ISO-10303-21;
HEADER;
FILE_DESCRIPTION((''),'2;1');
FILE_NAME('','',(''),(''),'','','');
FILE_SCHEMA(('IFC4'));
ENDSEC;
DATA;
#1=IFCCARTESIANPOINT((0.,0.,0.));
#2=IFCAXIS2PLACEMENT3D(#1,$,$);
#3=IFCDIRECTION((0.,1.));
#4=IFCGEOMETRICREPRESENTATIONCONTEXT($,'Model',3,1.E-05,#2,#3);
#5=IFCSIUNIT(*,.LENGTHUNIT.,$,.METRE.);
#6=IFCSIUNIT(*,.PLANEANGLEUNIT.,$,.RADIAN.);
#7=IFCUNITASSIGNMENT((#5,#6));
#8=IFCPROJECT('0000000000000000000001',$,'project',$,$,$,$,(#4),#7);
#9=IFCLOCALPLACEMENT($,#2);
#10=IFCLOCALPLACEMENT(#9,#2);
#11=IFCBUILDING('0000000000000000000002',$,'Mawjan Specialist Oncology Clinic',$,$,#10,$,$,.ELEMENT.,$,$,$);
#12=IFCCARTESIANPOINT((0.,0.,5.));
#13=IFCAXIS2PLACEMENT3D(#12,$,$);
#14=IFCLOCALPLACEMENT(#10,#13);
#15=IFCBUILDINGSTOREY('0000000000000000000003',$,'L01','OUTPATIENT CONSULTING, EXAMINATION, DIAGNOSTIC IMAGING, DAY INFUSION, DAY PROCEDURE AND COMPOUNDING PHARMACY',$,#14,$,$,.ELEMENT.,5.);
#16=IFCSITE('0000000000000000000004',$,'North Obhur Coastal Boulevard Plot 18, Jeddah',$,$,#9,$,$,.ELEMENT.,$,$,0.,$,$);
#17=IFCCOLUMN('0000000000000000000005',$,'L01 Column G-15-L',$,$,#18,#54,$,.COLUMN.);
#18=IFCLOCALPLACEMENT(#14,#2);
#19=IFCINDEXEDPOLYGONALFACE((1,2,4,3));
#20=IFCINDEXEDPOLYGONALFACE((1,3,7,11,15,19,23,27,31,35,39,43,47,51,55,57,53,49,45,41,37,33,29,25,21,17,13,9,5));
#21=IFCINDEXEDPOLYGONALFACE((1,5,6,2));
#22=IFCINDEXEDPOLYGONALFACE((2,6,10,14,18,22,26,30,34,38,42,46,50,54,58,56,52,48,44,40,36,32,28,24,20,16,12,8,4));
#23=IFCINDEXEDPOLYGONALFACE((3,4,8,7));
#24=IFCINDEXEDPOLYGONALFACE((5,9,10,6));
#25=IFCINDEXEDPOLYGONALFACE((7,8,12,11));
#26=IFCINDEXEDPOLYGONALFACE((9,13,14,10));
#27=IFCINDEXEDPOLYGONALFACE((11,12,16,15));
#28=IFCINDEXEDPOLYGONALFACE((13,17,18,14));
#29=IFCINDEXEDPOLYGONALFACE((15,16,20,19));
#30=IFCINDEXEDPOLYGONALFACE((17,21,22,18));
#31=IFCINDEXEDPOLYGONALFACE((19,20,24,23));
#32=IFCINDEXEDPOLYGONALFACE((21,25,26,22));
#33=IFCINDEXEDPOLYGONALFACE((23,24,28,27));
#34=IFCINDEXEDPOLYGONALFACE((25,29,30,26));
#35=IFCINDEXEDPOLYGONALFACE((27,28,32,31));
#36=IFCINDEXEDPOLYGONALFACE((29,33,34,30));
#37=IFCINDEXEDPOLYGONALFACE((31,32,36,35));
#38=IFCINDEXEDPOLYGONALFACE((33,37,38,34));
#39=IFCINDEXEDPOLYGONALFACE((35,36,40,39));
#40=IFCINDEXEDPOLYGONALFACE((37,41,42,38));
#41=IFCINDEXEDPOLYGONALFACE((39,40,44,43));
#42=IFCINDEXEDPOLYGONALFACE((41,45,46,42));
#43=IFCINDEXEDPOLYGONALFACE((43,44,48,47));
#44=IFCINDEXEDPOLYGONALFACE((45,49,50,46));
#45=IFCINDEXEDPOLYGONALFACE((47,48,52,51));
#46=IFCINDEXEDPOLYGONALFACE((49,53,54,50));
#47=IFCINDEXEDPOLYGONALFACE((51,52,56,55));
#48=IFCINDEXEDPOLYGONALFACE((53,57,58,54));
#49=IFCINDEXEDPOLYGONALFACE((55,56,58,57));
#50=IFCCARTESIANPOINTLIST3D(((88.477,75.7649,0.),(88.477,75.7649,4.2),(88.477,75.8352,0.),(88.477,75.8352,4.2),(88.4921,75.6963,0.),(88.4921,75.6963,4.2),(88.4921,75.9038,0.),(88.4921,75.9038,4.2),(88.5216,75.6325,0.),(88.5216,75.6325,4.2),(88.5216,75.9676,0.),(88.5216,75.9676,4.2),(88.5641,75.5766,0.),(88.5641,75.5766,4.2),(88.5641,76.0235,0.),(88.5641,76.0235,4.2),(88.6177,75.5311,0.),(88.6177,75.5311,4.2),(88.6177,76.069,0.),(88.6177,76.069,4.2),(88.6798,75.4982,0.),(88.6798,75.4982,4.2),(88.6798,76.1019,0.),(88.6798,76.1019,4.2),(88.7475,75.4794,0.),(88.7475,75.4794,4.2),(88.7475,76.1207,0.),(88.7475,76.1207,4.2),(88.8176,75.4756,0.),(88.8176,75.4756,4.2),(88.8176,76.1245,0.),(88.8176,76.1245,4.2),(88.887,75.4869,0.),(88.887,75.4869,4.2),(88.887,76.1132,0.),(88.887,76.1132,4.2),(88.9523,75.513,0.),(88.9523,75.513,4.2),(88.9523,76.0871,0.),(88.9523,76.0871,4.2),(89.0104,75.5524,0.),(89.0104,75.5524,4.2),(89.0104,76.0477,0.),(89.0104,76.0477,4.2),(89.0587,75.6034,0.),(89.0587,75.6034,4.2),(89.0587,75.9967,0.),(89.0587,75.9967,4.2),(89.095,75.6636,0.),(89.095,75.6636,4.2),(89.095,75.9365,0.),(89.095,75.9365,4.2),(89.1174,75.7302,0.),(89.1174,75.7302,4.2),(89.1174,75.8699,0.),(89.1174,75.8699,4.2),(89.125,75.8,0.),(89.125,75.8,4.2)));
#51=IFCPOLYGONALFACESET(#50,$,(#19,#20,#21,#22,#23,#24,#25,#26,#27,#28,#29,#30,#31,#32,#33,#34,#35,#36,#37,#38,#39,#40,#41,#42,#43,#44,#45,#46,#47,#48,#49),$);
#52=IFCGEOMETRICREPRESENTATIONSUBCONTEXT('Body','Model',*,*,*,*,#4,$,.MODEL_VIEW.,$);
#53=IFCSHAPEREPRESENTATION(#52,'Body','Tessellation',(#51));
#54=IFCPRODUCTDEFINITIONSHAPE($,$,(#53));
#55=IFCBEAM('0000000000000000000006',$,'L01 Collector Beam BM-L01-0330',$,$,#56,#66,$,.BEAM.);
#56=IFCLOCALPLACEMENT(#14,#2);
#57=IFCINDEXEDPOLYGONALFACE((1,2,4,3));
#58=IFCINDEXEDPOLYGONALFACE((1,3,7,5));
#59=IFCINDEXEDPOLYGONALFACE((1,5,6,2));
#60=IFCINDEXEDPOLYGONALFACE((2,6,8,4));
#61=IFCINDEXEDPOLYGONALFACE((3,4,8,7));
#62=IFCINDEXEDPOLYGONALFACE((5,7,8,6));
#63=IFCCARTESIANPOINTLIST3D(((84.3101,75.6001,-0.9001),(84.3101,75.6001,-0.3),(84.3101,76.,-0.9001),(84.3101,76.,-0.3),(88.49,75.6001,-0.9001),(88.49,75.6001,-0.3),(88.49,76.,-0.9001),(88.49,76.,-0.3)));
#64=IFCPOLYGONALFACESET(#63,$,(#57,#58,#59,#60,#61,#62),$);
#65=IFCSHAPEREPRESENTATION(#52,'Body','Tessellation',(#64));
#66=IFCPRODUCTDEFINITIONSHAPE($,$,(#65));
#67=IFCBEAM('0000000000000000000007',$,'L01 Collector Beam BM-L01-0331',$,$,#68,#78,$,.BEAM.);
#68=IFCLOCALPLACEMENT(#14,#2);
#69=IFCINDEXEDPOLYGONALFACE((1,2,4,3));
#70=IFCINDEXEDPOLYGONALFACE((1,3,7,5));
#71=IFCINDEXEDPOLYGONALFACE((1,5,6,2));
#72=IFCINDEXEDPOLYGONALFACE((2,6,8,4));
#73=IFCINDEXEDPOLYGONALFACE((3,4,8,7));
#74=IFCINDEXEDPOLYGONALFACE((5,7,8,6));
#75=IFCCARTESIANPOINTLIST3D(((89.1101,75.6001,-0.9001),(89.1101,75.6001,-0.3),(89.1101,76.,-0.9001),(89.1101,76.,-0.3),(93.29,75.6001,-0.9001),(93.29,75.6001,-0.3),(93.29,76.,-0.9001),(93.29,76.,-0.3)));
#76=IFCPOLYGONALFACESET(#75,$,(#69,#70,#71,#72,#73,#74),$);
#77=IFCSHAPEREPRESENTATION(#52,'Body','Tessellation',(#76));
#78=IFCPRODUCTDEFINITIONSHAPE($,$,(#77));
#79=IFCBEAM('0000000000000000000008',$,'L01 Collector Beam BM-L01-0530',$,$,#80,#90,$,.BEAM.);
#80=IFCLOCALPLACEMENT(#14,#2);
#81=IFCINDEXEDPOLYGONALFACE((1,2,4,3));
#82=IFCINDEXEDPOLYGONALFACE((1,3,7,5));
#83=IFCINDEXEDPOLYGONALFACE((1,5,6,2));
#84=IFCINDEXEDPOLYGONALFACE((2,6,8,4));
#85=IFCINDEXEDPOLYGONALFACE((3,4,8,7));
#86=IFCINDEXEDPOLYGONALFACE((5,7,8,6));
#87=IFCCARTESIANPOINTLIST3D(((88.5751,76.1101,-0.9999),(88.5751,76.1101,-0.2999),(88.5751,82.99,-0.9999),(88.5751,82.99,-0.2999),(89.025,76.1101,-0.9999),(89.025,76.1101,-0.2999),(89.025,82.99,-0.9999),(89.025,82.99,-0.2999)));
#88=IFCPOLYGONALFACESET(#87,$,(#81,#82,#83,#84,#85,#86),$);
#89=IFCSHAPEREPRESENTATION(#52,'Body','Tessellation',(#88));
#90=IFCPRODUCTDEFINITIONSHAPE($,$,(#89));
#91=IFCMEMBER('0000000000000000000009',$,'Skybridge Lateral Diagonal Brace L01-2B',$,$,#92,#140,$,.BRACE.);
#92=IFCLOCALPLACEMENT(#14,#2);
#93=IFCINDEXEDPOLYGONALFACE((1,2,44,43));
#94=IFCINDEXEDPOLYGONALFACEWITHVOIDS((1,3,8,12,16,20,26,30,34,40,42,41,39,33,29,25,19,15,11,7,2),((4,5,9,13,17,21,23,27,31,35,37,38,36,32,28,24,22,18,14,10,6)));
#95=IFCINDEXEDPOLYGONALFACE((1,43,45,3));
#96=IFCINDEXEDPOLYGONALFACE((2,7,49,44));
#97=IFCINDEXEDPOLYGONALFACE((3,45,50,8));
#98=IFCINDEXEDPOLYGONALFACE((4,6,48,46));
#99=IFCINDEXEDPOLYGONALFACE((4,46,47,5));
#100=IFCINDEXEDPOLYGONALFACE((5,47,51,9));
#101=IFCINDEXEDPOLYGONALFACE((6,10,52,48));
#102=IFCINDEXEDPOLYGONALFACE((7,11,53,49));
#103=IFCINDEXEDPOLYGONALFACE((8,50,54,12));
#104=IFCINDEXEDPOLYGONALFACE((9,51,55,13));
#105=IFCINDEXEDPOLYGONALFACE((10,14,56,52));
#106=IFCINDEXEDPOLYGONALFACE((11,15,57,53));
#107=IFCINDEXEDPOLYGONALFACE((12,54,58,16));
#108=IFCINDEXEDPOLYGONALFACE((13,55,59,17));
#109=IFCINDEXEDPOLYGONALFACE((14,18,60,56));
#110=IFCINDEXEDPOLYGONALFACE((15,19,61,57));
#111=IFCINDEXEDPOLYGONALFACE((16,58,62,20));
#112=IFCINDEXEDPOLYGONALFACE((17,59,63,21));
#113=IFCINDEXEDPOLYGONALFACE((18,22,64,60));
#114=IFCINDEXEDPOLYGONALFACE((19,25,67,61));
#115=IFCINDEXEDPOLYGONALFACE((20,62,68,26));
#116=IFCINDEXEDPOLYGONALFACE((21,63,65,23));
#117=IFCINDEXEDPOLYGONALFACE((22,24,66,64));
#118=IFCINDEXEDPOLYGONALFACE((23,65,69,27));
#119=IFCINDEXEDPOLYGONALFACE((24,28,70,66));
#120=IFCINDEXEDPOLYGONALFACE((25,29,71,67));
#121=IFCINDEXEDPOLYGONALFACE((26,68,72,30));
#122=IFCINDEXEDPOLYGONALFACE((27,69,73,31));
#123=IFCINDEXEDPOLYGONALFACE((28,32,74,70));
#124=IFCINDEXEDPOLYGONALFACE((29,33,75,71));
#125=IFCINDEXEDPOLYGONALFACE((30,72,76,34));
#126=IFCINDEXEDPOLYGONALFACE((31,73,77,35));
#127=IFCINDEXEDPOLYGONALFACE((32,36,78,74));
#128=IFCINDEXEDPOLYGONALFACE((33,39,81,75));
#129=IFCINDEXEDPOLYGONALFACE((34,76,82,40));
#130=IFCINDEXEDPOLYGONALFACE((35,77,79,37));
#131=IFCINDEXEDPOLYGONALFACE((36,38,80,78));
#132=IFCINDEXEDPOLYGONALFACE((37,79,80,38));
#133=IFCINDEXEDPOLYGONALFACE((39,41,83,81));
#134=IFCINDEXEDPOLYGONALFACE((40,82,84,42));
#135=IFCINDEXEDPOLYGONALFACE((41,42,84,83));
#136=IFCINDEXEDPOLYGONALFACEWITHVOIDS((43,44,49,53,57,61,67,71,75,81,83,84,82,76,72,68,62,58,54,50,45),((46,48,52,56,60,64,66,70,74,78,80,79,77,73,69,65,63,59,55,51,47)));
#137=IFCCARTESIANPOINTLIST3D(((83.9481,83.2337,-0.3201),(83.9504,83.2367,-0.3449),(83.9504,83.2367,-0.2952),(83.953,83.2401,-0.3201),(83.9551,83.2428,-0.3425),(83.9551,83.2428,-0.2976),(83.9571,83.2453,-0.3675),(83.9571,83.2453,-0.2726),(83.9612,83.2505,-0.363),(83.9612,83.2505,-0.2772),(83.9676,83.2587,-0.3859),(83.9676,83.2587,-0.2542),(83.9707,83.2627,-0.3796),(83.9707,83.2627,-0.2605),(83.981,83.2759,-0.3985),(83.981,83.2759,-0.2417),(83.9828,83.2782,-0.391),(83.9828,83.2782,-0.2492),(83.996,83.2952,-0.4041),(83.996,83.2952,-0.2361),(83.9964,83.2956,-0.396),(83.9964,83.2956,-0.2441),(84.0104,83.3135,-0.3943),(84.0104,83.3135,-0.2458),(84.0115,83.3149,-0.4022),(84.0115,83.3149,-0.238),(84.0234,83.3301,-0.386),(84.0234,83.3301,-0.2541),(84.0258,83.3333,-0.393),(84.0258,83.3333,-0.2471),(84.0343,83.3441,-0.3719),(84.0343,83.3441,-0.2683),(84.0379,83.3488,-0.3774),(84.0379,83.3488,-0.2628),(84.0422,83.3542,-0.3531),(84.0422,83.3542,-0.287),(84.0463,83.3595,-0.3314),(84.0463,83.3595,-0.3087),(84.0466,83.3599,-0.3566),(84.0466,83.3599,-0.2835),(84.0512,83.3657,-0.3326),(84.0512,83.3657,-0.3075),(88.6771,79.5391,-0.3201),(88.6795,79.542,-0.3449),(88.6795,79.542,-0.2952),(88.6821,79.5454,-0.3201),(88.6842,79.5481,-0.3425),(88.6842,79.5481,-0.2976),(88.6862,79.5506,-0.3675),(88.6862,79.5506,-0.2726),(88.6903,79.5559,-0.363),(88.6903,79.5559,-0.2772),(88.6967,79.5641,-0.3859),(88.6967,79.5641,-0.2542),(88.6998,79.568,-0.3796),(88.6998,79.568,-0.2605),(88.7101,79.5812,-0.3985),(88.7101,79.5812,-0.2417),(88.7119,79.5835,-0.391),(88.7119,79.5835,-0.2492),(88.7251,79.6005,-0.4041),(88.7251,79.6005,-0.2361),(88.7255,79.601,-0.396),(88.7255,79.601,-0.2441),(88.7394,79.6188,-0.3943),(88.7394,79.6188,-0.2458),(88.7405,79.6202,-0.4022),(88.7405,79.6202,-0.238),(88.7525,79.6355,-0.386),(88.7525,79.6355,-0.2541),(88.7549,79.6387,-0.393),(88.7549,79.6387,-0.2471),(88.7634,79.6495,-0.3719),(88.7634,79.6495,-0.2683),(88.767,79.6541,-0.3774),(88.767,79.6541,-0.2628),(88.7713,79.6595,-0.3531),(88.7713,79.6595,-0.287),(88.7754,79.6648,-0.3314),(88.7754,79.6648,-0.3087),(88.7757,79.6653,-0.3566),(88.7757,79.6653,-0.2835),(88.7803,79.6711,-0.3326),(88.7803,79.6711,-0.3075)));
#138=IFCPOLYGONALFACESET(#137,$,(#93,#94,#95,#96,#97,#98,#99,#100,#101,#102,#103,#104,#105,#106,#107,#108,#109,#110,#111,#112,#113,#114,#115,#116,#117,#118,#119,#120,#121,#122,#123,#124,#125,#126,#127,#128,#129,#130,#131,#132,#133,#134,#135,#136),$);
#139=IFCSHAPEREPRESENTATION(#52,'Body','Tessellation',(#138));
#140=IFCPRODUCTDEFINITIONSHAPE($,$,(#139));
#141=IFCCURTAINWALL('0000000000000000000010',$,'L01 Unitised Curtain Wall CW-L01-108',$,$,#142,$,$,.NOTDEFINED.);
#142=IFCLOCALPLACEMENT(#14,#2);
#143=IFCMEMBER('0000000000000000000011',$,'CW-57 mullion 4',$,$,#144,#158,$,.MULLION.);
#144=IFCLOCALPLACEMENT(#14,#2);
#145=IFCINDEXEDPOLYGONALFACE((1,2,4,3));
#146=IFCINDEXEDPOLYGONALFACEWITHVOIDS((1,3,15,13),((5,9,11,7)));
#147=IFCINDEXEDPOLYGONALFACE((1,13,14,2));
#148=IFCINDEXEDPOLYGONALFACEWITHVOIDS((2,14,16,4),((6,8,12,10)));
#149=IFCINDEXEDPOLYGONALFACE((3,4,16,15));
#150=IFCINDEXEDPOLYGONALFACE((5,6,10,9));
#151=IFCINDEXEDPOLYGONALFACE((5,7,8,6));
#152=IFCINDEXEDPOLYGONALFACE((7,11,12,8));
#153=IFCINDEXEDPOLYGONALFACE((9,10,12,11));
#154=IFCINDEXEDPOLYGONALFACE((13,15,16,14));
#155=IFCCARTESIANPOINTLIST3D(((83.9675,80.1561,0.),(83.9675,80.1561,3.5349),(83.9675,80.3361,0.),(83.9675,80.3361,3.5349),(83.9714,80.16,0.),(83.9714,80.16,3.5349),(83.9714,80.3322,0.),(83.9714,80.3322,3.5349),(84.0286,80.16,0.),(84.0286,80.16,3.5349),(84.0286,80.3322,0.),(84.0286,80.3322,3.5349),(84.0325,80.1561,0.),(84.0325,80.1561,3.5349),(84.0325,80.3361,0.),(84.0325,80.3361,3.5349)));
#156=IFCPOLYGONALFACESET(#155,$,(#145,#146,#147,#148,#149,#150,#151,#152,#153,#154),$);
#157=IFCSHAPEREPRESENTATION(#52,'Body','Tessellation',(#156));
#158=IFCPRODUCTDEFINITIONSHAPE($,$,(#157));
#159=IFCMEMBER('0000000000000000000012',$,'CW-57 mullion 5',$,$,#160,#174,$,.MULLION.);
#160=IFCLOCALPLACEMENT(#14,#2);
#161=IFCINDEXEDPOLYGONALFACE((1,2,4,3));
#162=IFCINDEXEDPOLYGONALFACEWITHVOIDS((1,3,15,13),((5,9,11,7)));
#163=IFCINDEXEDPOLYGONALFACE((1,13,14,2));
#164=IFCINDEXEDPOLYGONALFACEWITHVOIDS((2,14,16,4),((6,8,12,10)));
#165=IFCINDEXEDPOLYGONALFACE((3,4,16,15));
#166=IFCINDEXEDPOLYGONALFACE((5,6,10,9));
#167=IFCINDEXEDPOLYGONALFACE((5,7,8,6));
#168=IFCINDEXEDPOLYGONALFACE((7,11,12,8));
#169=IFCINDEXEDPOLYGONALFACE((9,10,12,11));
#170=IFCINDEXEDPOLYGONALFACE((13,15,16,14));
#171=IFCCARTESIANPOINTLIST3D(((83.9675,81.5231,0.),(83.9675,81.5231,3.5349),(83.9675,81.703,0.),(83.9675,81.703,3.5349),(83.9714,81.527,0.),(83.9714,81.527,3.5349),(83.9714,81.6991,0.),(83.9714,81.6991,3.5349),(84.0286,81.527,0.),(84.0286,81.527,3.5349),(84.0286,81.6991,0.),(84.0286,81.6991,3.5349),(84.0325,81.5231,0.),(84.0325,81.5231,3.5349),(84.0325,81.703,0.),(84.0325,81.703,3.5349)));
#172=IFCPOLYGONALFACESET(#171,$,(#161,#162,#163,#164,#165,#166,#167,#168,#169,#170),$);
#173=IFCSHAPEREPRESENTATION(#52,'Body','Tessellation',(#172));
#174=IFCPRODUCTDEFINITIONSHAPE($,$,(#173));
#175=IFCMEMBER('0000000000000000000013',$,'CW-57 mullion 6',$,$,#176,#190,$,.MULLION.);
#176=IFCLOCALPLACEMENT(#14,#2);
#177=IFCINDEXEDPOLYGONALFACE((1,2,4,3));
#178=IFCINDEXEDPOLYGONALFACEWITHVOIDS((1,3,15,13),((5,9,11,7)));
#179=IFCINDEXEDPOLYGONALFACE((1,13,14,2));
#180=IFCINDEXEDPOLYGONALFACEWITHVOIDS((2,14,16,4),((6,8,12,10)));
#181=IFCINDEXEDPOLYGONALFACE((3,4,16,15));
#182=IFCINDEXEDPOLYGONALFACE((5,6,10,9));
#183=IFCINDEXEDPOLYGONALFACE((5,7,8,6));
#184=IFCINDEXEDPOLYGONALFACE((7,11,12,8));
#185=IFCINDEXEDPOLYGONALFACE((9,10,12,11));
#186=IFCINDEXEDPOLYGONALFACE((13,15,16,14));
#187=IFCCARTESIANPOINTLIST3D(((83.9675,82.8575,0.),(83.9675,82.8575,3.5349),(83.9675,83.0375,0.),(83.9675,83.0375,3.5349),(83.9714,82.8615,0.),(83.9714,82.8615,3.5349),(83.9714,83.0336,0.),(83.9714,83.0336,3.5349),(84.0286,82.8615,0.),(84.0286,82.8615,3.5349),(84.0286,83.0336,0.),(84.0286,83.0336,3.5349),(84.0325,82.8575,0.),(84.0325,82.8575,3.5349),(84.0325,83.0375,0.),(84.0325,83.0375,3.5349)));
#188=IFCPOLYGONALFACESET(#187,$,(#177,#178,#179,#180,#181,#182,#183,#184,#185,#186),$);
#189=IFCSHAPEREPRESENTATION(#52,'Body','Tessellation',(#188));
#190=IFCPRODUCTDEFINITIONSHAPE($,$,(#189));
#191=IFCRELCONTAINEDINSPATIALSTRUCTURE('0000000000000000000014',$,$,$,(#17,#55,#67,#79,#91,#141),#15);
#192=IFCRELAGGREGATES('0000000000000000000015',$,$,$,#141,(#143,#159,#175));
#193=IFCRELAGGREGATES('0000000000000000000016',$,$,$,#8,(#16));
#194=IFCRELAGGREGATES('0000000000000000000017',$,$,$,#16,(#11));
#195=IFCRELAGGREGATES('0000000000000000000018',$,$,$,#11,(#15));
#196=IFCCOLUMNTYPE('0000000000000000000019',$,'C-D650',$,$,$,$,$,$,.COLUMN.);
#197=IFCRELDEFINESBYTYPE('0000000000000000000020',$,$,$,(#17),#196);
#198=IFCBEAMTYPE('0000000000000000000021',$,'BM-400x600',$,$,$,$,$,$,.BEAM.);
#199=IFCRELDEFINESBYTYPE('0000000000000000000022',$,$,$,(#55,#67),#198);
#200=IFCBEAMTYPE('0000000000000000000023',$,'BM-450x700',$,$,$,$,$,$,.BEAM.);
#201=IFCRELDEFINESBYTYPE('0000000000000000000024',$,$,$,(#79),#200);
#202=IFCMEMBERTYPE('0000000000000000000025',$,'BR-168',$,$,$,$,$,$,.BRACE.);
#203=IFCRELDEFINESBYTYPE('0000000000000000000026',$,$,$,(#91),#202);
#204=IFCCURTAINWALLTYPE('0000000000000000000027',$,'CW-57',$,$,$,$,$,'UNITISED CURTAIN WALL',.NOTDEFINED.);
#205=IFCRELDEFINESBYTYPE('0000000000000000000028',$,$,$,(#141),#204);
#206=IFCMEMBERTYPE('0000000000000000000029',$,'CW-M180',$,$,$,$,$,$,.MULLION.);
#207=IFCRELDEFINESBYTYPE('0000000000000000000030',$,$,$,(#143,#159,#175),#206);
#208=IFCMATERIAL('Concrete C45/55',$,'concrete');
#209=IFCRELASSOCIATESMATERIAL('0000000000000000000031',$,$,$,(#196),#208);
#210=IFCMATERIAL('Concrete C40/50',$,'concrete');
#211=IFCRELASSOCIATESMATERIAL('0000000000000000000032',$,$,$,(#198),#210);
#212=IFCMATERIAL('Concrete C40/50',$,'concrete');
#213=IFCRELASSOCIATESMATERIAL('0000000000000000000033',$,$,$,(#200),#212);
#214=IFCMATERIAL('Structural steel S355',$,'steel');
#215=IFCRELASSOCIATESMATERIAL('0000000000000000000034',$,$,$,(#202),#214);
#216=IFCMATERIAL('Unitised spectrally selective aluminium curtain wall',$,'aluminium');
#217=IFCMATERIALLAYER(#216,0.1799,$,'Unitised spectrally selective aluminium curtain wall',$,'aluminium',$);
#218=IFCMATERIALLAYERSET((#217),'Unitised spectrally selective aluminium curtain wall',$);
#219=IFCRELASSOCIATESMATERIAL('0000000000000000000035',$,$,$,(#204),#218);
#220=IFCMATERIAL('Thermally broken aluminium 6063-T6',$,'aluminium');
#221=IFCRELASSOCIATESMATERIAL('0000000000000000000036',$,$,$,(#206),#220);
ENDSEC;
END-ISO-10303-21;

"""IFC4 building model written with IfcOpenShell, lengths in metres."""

from ifc_helpers import new_model, si_unit, direction, frame, origin, origin_2d, place, context, subcontext, project, spatial, rectangle, hollow_rectangle, circle, hollow_circle, extrude, material, layer, layer_set, material_profile, profile_set, type_object, element, aggregate, save


model = new_model("IFC4")

# Units and contexts
model_context = context("Model", 3, precision=1e-05, world=origin(), true_north=direction((0.0, 1.0)))
body_context = subcontext(model_context, "Body", "Model", "MODEL_VIEW")
ifc_project = project(units=[si_unit("LENGTHUNIT", "METRE"), si_unit("PLANEANGLEUNIT", "RADIAN")], contexts=[model_context])

# Site, building, storey
site_placement = place(None, origin())
site = spatial("IfcSite", under=ifc_project, at=site_placement, Name="North Obhur Coastal Boulevard Plot 18, Jeddah", CompositionType="ELEMENT", RefElevation=0.0)
building_placement = place(site_placement, origin())
building = spatial("IfcBuilding", under=site, at=building_placement, Name="Mawjan Specialist Oncology Clinic", CompositionType="ELEMENT")
storey_placement = place(building_placement, frame((0.0, 0.0, 5.0)))
storey = spatial("IfcBuildingStorey", under=building, at=storey_placement, Name="L01", Description="OUTPATIENT CONSULTING, EXAMINATION, DIAGNOSTIC IMAGING, DAY INFUSION, DAY PROCEDURE AND COMPOUNDING PHARMACY", CompositionType="ELEMENT", Elevation=5.0)

# Column
ifc_material_1 = material(Name="Concrete C45/55", Category="concrete")
ifc_material_profile_1 = material_profile(ifc_material_1, circle(Radius=0.325, at=origin_2d()), Name="RC COL D650", Category="concrete")
ifc_profile_set_1 = profile_set([ifc_material_profile_1], Name="Concrete C45/55")
column_type = type_object("IfcColumnType", Name="C-D650", PredefinedType="COLUMN", material=ifc_profile_set_1)
column_placement = place(storey_placement, frame((88.8, 75.8, 0.0), z_axis=(0.0, 0.0, 1.0), x_axis=(1.0, 0.0, 0.0)))
element("IfcColumn", 1, at=column_placement, inside=storey, type_object=column_type, Name="L01 Column G-15-L", PredefinedType="COLUMN", context=body_context, shape_type="SweptSolid", body=[
    extrude(circle(Radius=0.325, at=origin_2d()), origin(), (0.0, 0.0, 1.0), 4.2),
])

# Beams
ifc_material_2 = material(Name="Concrete C40/50", Category="concrete")
ifc_material_profile_2 = material_profile(ifc_material_2, rectangle(XDim=0.3999, YDim=0.6001, at=origin_2d()), Name="RC BM 400x600", Category="concrete")
ifc_profile_set_2 = profile_set([ifc_material_profile_2], Name="Concrete C40/50")
beam_type_1 = type_object("IfcBeamType", Name="BM-400x600", PredefinedType="BEAM", material=ifc_profile_set_2)
for number, where, z_axis, x_axis, name in (
    (2, (84.3101, 75.8, -0.6001), (1.0, 0.0, 0.0), (0.0, 1.0, 0.0), "L01 Collector Beam BM-L01-0330"),
    (3, (89.1101, 75.8, -0.6001), (1.0, 0.0, 0.0), (0.0, 1.0, 0.0), "L01 Collector Beam BM-L01-0331"),
):
    element("IfcBeam", number, at=place(storey_placement, frame(where, z_axis=z_axis, x_axis=x_axis)), inside=storey, type_object=beam_type_1, Name=name, PredefinedType="BEAM", context=body_context, shape_type="SweptSolid", body=[
        extrude(rectangle(XDim=0.3999, YDim=0.6001, at=origin_2d()), origin(), (0.0, 0.0, 1.0), 4.1799),
    ])
ifc_material_3 = material(Name="Concrete C40/50", Category="concrete")
ifc_material_profile_3 = material_profile(ifc_material_3, rectangle(XDim=0.45, YDim=0.7, at=origin_2d()), Name="RC BM 450x700", Category="concrete")
ifc_profile_set_3 = profile_set([ifc_material_profile_3], Name="Concrete C40/50")
beam_type_2 = type_object("IfcBeamType", Name="BM-450x700", PredefinedType="BEAM", material=ifc_profile_set_3)
beam_1_placement = place(storey_placement, frame((88.8, 76.1101, -0.6499), z_axis=(0.0, 1.0, 0.0), x_axis=(-1.0, 0.0, 0.0)))
element("IfcBeam", 4, at=beam_1_placement, inside=storey, type_object=beam_type_2, Name="L01 Collector Beam BM-L01-0530", PredefinedType="BEAM", context=body_context, shape_type="SweptSolid", body=[
    extrude(rectangle(XDim=0.45, YDim=0.7, at=origin_2d()), origin(), (0.0, 0.0, 1.0), 6.8799),
])

# Member
ifc_material_4 = material(Name="Structural steel S355", Category="steel")
ifc_material_profile_4 = material_profile(ifc_material_4, hollow_circle(Radius=0.0842, WallThickness=0.0081, at=origin_2d()), Name="CHS 168.3x8", Category="steel")
ifc_profile_set_4 = profile_set([ifc_material_profile_4], Name="Structural steel S355")
member_type_1 = type_object("IfcMemberType", Name="BR-168", PredefinedType="BRACE", material=ifc_profile_set_4)
member_1_placement = place(storey_placement, frame((88.729, 79.6055, -0.3201), z_axis=(-0.788021, 0.615649, 0.0), x_axis=(-0.615649, -0.788021, 0.0)))
element("IfcMember", 5, at=member_1_placement, inside=storey, type_object=member_type_1, Name="Skybridge Lateral Diagonal Brace L01-2B", PredefinedType="BRACE", context=body_context, shape_type="SweptSolid", body=[
    extrude(hollow_circle(Radius=0.0842, WallThickness=0.0081, at=origin_2d()), origin(), (0.0, 0.0, 1.0), 6.0012),
])

# Curtain wall, members
ifc_material_5 = material(Name="Unitised spectrally selective aluminium curtain wall", Category="aluminium")
ifc_layer_1 = layer(ifc_material_5, 0.1799, Name="Unitised spectrally selective aluminium curtain wall", Category="aluminium")
ifc_layer_set_1 = layer_set([ifc_layer_1], Name="Unitised spectrally selective aluminium curtain wall")
curtain_wall_type = type_object("IfcCurtainWallType", Name="CW-57", ElementType="UNITISED CURTAIN WALL", PredefinedType="NOTDEFINED", material=ifc_layer_set_1)
curtain_wall_placement = place(storey_placement, origin())
curtain_wall = element("IfcCurtainWall", 6, at=curtain_wall_placement, inside=storey, type_object=curtain_wall_type, Name="L01 Unitised Curtain Wall CW-L01-108", PredefinedType="NOTDEFINED")
ifc_material_6 = material(Name="Thermally broken aluminium 6063-T6", Category="aluminium")
ifc_material_profile_5 = material_profile(ifc_material_6, hollow_rectangle(XDim=0.0649, YDim=0.1799, WallThickness=0.0039, at=origin_2d()), Name="ALU MULLION 180x65x4", Category="aluminium")
ifc_profile_set_5 = profile_set([ifc_material_profile_5], Name="Thermally broken aluminium 6063-T6")
member_type_2 = type_object("IfcMemberType", Name="CW-M180", PredefinedType="MULLION", material=ifc_profile_set_5)
member_2_placement = place(storey_placement, frame((84.0, 80.2461, 0.0), z_axis=(0.0, 0.0, 1.0), x_axis=(-1.0, 0.0, 0.0)))
member_2 = element("IfcMember", 7, at=member_2_placement, type_object=member_type_2, Name="CW-57 mullion 4", PredefinedType="MULLION", context=body_context, shape_type="SweptSolid", body=[
    extrude(hollow_rectangle(XDim=0.0649, YDim=0.1799, WallThickness=0.0039, at=origin_2d()), origin(), (0.0, 0.0, 1.0), 3.5349),
])
member_3_placement = place(storey_placement, frame((84.0, 81.613, 0.0), z_axis=(0.0, 0.0, 1.0), x_axis=(-1.0, 0.0, 0.0)))
member_3 = element("IfcMember", 8, at=member_3_placement, type_object=member_type_2, Name="CW-57 mullion 5", PredefinedType="MULLION", context=body_context, shape_type="SweptSolid", body=[
    extrude(hollow_rectangle(XDim=0.0649, YDim=0.1799, WallThickness=0.0039, at=origin_2d()), origin(), (0.0, 0.0, 1.0), 3.5349),
])
member_4_placement = place(storey_placement, frame((84.0, 82.9475, 0.0), z_axis=(0.0, 0.0, 1.0), x_axis=(-1.0, 0.0, 0.0)))
member_4 = element("IfcMember", 9, at=member_4_placement, type_object=member_type_2, Name="CW-57 mullion 6", PredefinedType="MULLION", context=body_context, shape_type="SweptSolid", body=[
    extrude(hollow_rectangle(XDim=0.0649, YDim=0.1799, WallThickness=0.0039, at=origin_2d()), origin(), (0.0, 0.0, 1.0), 3.5349),
])

aggregate(curtain_wall, [member_2, member_3, member_4])

save(model, "model.ifc")
